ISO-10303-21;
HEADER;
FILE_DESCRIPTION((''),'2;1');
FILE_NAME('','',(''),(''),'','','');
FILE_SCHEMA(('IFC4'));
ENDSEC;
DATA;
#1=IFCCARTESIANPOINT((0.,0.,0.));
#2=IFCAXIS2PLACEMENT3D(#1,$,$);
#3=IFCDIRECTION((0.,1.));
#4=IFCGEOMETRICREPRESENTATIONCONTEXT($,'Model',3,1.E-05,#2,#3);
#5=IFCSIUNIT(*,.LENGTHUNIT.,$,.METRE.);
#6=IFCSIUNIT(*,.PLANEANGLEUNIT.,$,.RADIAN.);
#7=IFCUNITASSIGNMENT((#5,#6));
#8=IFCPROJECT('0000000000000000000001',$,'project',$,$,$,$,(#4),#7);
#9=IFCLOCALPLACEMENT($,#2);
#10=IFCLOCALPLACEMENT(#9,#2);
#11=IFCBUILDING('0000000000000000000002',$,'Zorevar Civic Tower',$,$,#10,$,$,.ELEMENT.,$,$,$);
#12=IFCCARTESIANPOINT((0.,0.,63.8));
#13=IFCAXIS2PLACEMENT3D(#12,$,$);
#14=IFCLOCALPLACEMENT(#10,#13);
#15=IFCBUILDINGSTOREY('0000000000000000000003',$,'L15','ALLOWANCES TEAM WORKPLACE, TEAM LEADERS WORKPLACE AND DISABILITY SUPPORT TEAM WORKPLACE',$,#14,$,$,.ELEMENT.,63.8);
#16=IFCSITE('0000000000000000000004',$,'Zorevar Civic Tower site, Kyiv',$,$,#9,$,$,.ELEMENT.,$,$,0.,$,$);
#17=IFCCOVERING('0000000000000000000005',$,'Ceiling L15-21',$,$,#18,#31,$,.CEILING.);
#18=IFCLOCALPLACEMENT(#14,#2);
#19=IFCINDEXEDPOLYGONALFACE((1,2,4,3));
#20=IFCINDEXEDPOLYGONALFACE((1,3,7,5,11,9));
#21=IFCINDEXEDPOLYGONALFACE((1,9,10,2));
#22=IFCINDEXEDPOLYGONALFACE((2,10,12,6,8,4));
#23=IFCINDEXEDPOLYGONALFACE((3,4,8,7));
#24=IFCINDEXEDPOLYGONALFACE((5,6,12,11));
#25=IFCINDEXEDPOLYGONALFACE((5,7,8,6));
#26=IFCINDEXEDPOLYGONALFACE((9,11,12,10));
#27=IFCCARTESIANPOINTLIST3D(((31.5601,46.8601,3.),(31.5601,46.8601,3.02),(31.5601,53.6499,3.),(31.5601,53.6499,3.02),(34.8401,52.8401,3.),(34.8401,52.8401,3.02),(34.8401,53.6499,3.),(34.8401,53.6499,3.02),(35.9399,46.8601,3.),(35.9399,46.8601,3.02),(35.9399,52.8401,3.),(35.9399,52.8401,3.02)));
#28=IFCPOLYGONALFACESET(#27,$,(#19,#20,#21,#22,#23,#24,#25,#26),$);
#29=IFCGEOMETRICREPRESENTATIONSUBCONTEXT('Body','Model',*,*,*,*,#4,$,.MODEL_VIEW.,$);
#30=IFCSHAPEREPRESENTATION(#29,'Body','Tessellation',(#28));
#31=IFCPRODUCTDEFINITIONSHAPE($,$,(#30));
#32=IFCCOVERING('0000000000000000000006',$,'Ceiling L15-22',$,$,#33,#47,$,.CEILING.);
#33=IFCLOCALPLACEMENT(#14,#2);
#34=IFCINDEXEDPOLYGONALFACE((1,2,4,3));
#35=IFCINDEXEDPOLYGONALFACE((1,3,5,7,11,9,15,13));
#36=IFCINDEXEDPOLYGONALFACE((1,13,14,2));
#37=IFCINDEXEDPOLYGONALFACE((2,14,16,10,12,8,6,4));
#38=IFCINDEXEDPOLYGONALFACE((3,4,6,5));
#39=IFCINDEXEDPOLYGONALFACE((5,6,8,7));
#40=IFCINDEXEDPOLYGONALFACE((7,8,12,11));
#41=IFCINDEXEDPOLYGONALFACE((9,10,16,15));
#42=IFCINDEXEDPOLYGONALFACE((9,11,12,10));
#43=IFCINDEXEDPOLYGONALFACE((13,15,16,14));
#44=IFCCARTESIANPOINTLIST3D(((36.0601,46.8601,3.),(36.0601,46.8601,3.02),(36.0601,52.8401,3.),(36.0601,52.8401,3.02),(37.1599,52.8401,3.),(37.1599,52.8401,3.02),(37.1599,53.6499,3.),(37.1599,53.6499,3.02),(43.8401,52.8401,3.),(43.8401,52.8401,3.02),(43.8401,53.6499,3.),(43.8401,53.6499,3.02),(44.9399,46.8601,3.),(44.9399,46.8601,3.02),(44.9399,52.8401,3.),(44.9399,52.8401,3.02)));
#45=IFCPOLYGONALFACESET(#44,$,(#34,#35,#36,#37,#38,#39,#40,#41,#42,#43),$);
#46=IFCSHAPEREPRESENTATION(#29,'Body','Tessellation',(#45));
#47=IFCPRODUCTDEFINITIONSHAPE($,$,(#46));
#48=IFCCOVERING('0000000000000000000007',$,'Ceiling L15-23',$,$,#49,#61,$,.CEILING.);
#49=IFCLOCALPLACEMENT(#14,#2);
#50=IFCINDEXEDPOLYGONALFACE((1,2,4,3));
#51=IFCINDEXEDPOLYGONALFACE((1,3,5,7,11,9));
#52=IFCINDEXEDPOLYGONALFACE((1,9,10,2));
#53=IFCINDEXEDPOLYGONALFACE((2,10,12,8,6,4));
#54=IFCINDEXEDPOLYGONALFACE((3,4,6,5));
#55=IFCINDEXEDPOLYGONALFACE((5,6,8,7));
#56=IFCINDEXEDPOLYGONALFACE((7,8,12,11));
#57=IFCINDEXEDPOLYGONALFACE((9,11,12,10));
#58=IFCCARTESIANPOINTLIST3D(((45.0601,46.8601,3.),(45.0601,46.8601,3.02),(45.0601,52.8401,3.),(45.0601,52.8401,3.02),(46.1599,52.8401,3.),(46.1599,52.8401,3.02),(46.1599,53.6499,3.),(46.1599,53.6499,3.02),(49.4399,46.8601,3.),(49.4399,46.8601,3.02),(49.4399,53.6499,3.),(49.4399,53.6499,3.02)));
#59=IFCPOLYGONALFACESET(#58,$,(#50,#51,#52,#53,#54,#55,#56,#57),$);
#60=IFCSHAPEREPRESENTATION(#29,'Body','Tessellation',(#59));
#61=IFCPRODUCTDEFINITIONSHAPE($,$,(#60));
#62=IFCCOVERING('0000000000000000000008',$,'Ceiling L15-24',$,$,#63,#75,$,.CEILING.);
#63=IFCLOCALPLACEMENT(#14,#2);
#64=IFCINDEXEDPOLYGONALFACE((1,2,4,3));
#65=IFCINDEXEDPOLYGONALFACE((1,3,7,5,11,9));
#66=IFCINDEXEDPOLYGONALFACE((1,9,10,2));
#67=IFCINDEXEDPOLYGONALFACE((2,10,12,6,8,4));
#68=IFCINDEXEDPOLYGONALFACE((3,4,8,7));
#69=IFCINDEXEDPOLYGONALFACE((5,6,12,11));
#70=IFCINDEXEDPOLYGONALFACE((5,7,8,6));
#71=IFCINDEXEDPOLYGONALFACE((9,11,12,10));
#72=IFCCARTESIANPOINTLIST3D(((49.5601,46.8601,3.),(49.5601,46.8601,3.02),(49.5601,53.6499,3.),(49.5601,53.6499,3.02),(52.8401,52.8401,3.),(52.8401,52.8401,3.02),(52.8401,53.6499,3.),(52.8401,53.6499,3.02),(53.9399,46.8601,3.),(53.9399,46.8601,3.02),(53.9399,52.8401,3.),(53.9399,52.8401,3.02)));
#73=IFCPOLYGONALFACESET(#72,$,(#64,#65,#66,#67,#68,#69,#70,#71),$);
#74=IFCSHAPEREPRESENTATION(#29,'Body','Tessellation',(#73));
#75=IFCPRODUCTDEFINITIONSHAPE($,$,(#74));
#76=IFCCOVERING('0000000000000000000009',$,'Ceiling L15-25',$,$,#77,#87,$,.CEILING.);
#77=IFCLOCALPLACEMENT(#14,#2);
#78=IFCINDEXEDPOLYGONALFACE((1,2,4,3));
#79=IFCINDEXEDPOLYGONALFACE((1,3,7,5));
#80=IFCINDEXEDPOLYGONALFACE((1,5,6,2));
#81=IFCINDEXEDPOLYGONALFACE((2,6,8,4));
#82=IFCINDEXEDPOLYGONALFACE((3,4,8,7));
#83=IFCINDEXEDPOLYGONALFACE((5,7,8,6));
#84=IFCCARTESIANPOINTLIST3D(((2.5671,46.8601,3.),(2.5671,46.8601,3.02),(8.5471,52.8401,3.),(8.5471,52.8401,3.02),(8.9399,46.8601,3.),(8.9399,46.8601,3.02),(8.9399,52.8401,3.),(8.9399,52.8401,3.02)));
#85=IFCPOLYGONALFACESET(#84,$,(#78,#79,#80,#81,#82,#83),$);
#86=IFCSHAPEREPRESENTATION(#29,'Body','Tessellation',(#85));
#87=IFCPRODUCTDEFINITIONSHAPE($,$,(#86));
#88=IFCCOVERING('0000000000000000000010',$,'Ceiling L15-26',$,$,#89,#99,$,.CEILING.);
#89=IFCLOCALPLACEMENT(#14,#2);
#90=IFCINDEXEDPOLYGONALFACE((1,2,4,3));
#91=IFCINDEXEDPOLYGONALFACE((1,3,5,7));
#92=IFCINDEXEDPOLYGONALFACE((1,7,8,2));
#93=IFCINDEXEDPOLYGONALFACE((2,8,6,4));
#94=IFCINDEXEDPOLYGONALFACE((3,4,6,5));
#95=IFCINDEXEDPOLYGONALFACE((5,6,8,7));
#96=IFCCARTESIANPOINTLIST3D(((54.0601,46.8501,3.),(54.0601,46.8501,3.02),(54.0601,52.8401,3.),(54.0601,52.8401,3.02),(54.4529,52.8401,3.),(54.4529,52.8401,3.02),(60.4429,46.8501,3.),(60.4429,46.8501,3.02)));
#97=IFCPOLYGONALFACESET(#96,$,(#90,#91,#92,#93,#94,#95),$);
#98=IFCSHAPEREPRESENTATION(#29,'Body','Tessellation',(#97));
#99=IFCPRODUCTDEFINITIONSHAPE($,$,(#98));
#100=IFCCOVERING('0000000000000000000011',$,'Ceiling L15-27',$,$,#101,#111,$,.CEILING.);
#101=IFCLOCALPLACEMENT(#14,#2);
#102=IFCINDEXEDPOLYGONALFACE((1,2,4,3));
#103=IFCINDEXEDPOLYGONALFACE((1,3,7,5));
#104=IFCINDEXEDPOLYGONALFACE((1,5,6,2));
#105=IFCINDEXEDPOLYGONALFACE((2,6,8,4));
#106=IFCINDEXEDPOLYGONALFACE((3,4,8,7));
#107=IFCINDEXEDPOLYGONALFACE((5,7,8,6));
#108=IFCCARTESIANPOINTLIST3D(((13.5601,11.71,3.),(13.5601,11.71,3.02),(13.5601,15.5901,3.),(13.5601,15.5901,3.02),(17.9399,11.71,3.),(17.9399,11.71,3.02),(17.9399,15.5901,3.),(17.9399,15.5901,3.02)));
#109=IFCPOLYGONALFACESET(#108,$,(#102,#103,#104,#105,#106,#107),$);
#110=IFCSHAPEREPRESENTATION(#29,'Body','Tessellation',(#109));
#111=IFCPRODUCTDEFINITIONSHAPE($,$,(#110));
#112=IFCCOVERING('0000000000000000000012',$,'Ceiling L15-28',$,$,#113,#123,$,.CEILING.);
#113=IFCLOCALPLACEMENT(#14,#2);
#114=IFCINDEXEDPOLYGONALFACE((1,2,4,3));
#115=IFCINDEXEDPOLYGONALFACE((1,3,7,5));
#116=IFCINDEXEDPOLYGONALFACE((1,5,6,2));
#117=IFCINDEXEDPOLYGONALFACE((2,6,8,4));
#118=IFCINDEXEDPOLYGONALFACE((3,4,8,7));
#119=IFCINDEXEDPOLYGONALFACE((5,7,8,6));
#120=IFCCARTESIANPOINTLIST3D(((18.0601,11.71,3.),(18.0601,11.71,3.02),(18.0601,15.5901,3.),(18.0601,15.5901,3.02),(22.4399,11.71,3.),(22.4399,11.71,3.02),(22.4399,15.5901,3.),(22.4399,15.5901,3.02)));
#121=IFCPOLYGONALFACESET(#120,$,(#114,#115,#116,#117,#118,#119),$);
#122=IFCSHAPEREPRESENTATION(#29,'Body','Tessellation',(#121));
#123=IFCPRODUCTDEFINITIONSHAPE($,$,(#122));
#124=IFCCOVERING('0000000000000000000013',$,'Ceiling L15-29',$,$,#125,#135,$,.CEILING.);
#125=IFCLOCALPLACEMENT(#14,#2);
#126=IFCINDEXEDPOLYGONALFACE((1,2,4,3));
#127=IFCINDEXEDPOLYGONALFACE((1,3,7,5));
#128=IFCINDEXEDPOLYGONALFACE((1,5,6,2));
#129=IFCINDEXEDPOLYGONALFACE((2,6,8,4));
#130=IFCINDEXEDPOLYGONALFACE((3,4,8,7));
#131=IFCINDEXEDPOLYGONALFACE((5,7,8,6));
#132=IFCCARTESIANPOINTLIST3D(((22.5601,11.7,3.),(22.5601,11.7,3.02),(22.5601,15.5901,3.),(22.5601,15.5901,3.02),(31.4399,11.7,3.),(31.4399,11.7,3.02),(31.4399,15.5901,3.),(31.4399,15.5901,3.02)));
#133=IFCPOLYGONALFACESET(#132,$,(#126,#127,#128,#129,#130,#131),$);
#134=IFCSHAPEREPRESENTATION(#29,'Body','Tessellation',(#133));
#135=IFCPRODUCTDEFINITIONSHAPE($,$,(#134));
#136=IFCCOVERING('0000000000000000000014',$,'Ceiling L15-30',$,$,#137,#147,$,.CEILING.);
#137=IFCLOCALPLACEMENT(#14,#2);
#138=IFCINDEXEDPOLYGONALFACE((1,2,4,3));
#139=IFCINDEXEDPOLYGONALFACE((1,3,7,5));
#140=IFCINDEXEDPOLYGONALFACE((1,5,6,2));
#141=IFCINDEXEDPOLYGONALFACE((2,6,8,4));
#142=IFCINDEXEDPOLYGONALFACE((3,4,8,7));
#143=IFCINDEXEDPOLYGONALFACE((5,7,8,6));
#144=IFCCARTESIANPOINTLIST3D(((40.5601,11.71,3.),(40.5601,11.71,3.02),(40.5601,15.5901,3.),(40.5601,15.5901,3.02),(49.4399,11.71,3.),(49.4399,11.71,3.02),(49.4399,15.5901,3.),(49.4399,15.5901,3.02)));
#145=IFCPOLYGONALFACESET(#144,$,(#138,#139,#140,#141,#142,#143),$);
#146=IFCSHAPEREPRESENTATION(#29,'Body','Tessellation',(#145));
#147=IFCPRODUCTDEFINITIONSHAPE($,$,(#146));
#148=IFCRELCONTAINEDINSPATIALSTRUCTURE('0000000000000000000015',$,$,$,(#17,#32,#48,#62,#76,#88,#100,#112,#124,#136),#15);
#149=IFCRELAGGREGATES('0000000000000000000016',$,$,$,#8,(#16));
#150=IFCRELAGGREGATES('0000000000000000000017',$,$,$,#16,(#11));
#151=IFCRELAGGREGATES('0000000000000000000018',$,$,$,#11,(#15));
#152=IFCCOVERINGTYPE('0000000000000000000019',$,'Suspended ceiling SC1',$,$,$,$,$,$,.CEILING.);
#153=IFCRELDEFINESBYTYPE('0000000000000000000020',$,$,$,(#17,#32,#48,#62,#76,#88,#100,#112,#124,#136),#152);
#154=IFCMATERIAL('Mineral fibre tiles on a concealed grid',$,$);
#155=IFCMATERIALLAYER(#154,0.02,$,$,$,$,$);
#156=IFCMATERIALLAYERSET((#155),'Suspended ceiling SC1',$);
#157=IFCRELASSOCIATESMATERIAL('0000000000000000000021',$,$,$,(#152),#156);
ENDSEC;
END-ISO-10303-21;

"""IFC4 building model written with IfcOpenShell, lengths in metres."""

from ifc_helpers import new_model, si_unit, direction, frame, origin, place, context, subcontext, project, spatial, polyline, outline, extrude, material, layer, layer_set, type_object, element, save


model = new_model("IFC4")

# Units and contexts
model_context = context("Model", 3, precision=1e-05, world=origin(), true_north=direction((0.0, 1.0)))
body_context = subcontext(model_context, "Body", "Model", "MODEL_VIEW")
ifc_project = project(units=[si_unit("LENGTHUNIT", "METRE"), si_unit("PLANEANGLEUNIT", "RADIAN")], contexts=[model_context])

# Site, building, storey
site_placement = place(None, origin())
site = spatial("IfcSite", under=ifc_project, at=site_placement, Name="Zorevar Civic Tower site, Kyiv", CompositionType="ELEMENT", RefElevation=0.0)
building_placement = place(site_placement, origin())
building = spatial("IfcBuilding", under=site, at=building_placement, Name="Zorevar Civic Tower", CompositionType="ELEMENT")
storey_placement = place(building_placement, frame((0.0, 0.0, 63.8)))
storey = spatial("IfcBuildingStorey", under=building, at=storey_placement, Name="L15", Description="ALLOWANCES TEAM WORKPLACE, TEAM LEADERS WORKPLACE AND DISABILITY SUPPORT TEAM WORKPLACE", CompositionType="ELEMENT", Elevation=63.8)

# Coverings
ifc_material_1 = material(Name="Mineral fibre tiles on a concealed grid")
ifc_layer_1 = layer(ifc_material_1, 0.02)
ifc_layer_set_1 = layer_set([ifc_layer_1], Name="Suspended ceiling SC1")
covering_type_1 = type_object("IfcCoveringType", Name="Suspended ceiling SC1", PredefinedType="CEILING", material=ifc_layer_set_1)
covering_1_placement = place(storey_placement, frame((0.0, 0.0, 3.0)))
element("IfcCovering", 1, at=covering_1_placement, inside=storey, type_object=covering_type_1, Name="Ceiling L15-21", PredefinedType="CEILING", context=body_context, shape_type="SweptSolid", body=[
    extrude(outline(polyline([(31.5601, 46.8601), (31.5601, 53.6499), (34.8401, 53.6499), (34.8401, 52.8401), (35.9399, 52.8401), (35.9399, 46.8601), (31.5601, 46.8601)])), origin(), (0.0, 0.0, 1.0), 0.02),
])
covering_2_placement = place(storey_placement, frame((0.0, 0.0, 3.0)))
element("IfcCovering", 2, at=covering_2_placement, inside=storey, type_object=covering_type_1, Name="Ceiling L15-22", PredefinedType="CEILING", context=body_context, shape_type="SweptSolid", body=[
    extrude(outline(polyline([(37.1599, 52.8401), (37.1599, 53.6499), (43.8401, 53.6499), (43.8401, 52.8401), (44.9399, 52.8401), (44.9399, 46.8601), (36.0601, 46.8601), (36.0601, 52.8401), (37.1599, 52.8401)])), origin(), (0.0, 0.0, 1.0), 0.02),
])
covering_3_placement = place(storey_placement, frame((0.0, 0.0, 3.0)))
element("IfcCovering", 3, at=covering_3_placement, inside=storey, type_object=covering_type_1, Name="Ceiling L15-23", PredefinedType="CEILING", context=body_context, shape_type="SweptSolid", body=[
    extrude(outline(polyline([(45.0601, 46.8601), (45.0601, 52.8401), (46.1599, 52.8401), (46.1599, 53.6499), (49.4399, 53.6499), (49.4399, 46.8601), (45.0601, 46.8601)])), origin(), (0.0, 0.0, 1.0), 0.02),
])
covering_4_placement = place(storey_placement, frame((0.0, 0.0, 3.0)))
element("IfcCovering", 4, at=covering_4_placement, inside=storey, type_object=covering_type_1, Name="Ceiling L15-24", PredefinedType="CEILING", context=body_context, shape_type="SweptSolid", body=[
    extrude(outline(polyline([(49.5601, 46.8601), (49.5601, 53.6499), (52.8401, 53.6499), (52.8401, 52.8401), (53.9399, 52.8401), (53.9399, 46.8601), (49.5601, 46.8601)])), origin(), (0.0, 0.0, 1.0), 0.02),
])
covering_5_placement = place(storey_placement, frame((0.0, 0.0, 3.0)))
element("IfcCovering", 5, at=covering_5_placement, inside=storey, type_object=covering_type_1, Name="Ceiling L15-25", PredefinedType="CEILING", context=body_context, shape_type="SweptSolid", body=[
    extrude(outline(polyline([(8.9399, 52.8401), (8.9399, 46.8601), (2.5671, 46.8601), (8.5471, 52.8401), (8.9399, 52.8401)])), origin(), (0.0, 0.0, 1.0), 0.02),
])
covering_6_placement = place(storey_placement, frame((0.0, 0.0, 3.0)))
element("IfcCovering", 6, at=covering_6_placement, inside=storey, type_object=covering_type_1, Name="Ceiling L15-26", PredefinedType="CEILING", context=body_context, shape_type="SweptSolid", body=[
    extrude(outline(polyline([(54.0601, 46.8501), (54.0601, 52.8401), (54.4529, 52.8401), (60.4429, 46.8501), (54.0601, 46.8501)])), origin(), (0.0, 0.0, 1.0), 0.02),
])
covering_7_placement = place(storey_placement, frame((0.0, 0.0, 3.0)))
element("IfcCovering", 7, at=covering_7_placement, inside=storey, type_object=covering_type_1, Name="Ceiling L15-27", PredefinedType="CEILING", context=body_context, shape_type="SweptSolid", body=[
    extrude(outline(polyline([(17.9399, 11.71), (13.5601, 11.71), (13.5601, 15.5901), (17.9399, 15.5901), (17.9399, 11.71)])), origin(), (0.0, 0.0, 1.0), 0.02),
])
covering_8_placement = place(storey_placement, frame((0.0, 0.0, 3.0)))
element("IfcCovering", 8, at=covering_8_placement, inside=storey, type_object=covering_type_1, Name="Ceiling L15-28", PredefinedType="CEILING", context=body_context, shape_type="SweptSolid", body=[
    extrude(outline(polyline([(22.4399, 11.71), (18.0601, 11.71), (18.0601, 15.5901), (22.4399, 15.5901), (22.4399, 11.71)])), origin(), (0.0, 0.0, 1.0), 0.02),
])
covering_9_placement = place(storey_placement, frame((0.0, 0.0, 3.0)))
element("IfcCovering", 9, at=covering_9_placement, inside=storey, type_object=covering_type_1, Name="Ceiling L15-29", PredefinedType="CEILING", context=body_context, shape_type="SweptSolid", body=[
    extrude(outline(polyline([(22.5601, 11.7), (22.5601, 15.5901), (31.4399, 15.5901), (31.4399, 11.7), (22.5601, 11.7)])), origin(), (0.0, 0.0, 1.0), 0.02),
])
covering_10_placement = place(storey_placement, frame((0.0, 0.0, 3.0)))
element("IfcCovering", 10, at=covering_10_placement, inside=storey, type_object=covering_type_1, Name="Ceiling L15-30", PredefinedType="CEILING", context=body_context, shape_type="SweptSolid", body=[
    extrude(outline(polyline([(49.4399, 15.5901), (49.4399, 11.71), (40.5601, 11.71), (40.5601, 15.5901), (49.4399, 15.5901)])), origin(), (0.0, 0.0, 1.0), 0.02),
])

save(model, "model.ifc")
